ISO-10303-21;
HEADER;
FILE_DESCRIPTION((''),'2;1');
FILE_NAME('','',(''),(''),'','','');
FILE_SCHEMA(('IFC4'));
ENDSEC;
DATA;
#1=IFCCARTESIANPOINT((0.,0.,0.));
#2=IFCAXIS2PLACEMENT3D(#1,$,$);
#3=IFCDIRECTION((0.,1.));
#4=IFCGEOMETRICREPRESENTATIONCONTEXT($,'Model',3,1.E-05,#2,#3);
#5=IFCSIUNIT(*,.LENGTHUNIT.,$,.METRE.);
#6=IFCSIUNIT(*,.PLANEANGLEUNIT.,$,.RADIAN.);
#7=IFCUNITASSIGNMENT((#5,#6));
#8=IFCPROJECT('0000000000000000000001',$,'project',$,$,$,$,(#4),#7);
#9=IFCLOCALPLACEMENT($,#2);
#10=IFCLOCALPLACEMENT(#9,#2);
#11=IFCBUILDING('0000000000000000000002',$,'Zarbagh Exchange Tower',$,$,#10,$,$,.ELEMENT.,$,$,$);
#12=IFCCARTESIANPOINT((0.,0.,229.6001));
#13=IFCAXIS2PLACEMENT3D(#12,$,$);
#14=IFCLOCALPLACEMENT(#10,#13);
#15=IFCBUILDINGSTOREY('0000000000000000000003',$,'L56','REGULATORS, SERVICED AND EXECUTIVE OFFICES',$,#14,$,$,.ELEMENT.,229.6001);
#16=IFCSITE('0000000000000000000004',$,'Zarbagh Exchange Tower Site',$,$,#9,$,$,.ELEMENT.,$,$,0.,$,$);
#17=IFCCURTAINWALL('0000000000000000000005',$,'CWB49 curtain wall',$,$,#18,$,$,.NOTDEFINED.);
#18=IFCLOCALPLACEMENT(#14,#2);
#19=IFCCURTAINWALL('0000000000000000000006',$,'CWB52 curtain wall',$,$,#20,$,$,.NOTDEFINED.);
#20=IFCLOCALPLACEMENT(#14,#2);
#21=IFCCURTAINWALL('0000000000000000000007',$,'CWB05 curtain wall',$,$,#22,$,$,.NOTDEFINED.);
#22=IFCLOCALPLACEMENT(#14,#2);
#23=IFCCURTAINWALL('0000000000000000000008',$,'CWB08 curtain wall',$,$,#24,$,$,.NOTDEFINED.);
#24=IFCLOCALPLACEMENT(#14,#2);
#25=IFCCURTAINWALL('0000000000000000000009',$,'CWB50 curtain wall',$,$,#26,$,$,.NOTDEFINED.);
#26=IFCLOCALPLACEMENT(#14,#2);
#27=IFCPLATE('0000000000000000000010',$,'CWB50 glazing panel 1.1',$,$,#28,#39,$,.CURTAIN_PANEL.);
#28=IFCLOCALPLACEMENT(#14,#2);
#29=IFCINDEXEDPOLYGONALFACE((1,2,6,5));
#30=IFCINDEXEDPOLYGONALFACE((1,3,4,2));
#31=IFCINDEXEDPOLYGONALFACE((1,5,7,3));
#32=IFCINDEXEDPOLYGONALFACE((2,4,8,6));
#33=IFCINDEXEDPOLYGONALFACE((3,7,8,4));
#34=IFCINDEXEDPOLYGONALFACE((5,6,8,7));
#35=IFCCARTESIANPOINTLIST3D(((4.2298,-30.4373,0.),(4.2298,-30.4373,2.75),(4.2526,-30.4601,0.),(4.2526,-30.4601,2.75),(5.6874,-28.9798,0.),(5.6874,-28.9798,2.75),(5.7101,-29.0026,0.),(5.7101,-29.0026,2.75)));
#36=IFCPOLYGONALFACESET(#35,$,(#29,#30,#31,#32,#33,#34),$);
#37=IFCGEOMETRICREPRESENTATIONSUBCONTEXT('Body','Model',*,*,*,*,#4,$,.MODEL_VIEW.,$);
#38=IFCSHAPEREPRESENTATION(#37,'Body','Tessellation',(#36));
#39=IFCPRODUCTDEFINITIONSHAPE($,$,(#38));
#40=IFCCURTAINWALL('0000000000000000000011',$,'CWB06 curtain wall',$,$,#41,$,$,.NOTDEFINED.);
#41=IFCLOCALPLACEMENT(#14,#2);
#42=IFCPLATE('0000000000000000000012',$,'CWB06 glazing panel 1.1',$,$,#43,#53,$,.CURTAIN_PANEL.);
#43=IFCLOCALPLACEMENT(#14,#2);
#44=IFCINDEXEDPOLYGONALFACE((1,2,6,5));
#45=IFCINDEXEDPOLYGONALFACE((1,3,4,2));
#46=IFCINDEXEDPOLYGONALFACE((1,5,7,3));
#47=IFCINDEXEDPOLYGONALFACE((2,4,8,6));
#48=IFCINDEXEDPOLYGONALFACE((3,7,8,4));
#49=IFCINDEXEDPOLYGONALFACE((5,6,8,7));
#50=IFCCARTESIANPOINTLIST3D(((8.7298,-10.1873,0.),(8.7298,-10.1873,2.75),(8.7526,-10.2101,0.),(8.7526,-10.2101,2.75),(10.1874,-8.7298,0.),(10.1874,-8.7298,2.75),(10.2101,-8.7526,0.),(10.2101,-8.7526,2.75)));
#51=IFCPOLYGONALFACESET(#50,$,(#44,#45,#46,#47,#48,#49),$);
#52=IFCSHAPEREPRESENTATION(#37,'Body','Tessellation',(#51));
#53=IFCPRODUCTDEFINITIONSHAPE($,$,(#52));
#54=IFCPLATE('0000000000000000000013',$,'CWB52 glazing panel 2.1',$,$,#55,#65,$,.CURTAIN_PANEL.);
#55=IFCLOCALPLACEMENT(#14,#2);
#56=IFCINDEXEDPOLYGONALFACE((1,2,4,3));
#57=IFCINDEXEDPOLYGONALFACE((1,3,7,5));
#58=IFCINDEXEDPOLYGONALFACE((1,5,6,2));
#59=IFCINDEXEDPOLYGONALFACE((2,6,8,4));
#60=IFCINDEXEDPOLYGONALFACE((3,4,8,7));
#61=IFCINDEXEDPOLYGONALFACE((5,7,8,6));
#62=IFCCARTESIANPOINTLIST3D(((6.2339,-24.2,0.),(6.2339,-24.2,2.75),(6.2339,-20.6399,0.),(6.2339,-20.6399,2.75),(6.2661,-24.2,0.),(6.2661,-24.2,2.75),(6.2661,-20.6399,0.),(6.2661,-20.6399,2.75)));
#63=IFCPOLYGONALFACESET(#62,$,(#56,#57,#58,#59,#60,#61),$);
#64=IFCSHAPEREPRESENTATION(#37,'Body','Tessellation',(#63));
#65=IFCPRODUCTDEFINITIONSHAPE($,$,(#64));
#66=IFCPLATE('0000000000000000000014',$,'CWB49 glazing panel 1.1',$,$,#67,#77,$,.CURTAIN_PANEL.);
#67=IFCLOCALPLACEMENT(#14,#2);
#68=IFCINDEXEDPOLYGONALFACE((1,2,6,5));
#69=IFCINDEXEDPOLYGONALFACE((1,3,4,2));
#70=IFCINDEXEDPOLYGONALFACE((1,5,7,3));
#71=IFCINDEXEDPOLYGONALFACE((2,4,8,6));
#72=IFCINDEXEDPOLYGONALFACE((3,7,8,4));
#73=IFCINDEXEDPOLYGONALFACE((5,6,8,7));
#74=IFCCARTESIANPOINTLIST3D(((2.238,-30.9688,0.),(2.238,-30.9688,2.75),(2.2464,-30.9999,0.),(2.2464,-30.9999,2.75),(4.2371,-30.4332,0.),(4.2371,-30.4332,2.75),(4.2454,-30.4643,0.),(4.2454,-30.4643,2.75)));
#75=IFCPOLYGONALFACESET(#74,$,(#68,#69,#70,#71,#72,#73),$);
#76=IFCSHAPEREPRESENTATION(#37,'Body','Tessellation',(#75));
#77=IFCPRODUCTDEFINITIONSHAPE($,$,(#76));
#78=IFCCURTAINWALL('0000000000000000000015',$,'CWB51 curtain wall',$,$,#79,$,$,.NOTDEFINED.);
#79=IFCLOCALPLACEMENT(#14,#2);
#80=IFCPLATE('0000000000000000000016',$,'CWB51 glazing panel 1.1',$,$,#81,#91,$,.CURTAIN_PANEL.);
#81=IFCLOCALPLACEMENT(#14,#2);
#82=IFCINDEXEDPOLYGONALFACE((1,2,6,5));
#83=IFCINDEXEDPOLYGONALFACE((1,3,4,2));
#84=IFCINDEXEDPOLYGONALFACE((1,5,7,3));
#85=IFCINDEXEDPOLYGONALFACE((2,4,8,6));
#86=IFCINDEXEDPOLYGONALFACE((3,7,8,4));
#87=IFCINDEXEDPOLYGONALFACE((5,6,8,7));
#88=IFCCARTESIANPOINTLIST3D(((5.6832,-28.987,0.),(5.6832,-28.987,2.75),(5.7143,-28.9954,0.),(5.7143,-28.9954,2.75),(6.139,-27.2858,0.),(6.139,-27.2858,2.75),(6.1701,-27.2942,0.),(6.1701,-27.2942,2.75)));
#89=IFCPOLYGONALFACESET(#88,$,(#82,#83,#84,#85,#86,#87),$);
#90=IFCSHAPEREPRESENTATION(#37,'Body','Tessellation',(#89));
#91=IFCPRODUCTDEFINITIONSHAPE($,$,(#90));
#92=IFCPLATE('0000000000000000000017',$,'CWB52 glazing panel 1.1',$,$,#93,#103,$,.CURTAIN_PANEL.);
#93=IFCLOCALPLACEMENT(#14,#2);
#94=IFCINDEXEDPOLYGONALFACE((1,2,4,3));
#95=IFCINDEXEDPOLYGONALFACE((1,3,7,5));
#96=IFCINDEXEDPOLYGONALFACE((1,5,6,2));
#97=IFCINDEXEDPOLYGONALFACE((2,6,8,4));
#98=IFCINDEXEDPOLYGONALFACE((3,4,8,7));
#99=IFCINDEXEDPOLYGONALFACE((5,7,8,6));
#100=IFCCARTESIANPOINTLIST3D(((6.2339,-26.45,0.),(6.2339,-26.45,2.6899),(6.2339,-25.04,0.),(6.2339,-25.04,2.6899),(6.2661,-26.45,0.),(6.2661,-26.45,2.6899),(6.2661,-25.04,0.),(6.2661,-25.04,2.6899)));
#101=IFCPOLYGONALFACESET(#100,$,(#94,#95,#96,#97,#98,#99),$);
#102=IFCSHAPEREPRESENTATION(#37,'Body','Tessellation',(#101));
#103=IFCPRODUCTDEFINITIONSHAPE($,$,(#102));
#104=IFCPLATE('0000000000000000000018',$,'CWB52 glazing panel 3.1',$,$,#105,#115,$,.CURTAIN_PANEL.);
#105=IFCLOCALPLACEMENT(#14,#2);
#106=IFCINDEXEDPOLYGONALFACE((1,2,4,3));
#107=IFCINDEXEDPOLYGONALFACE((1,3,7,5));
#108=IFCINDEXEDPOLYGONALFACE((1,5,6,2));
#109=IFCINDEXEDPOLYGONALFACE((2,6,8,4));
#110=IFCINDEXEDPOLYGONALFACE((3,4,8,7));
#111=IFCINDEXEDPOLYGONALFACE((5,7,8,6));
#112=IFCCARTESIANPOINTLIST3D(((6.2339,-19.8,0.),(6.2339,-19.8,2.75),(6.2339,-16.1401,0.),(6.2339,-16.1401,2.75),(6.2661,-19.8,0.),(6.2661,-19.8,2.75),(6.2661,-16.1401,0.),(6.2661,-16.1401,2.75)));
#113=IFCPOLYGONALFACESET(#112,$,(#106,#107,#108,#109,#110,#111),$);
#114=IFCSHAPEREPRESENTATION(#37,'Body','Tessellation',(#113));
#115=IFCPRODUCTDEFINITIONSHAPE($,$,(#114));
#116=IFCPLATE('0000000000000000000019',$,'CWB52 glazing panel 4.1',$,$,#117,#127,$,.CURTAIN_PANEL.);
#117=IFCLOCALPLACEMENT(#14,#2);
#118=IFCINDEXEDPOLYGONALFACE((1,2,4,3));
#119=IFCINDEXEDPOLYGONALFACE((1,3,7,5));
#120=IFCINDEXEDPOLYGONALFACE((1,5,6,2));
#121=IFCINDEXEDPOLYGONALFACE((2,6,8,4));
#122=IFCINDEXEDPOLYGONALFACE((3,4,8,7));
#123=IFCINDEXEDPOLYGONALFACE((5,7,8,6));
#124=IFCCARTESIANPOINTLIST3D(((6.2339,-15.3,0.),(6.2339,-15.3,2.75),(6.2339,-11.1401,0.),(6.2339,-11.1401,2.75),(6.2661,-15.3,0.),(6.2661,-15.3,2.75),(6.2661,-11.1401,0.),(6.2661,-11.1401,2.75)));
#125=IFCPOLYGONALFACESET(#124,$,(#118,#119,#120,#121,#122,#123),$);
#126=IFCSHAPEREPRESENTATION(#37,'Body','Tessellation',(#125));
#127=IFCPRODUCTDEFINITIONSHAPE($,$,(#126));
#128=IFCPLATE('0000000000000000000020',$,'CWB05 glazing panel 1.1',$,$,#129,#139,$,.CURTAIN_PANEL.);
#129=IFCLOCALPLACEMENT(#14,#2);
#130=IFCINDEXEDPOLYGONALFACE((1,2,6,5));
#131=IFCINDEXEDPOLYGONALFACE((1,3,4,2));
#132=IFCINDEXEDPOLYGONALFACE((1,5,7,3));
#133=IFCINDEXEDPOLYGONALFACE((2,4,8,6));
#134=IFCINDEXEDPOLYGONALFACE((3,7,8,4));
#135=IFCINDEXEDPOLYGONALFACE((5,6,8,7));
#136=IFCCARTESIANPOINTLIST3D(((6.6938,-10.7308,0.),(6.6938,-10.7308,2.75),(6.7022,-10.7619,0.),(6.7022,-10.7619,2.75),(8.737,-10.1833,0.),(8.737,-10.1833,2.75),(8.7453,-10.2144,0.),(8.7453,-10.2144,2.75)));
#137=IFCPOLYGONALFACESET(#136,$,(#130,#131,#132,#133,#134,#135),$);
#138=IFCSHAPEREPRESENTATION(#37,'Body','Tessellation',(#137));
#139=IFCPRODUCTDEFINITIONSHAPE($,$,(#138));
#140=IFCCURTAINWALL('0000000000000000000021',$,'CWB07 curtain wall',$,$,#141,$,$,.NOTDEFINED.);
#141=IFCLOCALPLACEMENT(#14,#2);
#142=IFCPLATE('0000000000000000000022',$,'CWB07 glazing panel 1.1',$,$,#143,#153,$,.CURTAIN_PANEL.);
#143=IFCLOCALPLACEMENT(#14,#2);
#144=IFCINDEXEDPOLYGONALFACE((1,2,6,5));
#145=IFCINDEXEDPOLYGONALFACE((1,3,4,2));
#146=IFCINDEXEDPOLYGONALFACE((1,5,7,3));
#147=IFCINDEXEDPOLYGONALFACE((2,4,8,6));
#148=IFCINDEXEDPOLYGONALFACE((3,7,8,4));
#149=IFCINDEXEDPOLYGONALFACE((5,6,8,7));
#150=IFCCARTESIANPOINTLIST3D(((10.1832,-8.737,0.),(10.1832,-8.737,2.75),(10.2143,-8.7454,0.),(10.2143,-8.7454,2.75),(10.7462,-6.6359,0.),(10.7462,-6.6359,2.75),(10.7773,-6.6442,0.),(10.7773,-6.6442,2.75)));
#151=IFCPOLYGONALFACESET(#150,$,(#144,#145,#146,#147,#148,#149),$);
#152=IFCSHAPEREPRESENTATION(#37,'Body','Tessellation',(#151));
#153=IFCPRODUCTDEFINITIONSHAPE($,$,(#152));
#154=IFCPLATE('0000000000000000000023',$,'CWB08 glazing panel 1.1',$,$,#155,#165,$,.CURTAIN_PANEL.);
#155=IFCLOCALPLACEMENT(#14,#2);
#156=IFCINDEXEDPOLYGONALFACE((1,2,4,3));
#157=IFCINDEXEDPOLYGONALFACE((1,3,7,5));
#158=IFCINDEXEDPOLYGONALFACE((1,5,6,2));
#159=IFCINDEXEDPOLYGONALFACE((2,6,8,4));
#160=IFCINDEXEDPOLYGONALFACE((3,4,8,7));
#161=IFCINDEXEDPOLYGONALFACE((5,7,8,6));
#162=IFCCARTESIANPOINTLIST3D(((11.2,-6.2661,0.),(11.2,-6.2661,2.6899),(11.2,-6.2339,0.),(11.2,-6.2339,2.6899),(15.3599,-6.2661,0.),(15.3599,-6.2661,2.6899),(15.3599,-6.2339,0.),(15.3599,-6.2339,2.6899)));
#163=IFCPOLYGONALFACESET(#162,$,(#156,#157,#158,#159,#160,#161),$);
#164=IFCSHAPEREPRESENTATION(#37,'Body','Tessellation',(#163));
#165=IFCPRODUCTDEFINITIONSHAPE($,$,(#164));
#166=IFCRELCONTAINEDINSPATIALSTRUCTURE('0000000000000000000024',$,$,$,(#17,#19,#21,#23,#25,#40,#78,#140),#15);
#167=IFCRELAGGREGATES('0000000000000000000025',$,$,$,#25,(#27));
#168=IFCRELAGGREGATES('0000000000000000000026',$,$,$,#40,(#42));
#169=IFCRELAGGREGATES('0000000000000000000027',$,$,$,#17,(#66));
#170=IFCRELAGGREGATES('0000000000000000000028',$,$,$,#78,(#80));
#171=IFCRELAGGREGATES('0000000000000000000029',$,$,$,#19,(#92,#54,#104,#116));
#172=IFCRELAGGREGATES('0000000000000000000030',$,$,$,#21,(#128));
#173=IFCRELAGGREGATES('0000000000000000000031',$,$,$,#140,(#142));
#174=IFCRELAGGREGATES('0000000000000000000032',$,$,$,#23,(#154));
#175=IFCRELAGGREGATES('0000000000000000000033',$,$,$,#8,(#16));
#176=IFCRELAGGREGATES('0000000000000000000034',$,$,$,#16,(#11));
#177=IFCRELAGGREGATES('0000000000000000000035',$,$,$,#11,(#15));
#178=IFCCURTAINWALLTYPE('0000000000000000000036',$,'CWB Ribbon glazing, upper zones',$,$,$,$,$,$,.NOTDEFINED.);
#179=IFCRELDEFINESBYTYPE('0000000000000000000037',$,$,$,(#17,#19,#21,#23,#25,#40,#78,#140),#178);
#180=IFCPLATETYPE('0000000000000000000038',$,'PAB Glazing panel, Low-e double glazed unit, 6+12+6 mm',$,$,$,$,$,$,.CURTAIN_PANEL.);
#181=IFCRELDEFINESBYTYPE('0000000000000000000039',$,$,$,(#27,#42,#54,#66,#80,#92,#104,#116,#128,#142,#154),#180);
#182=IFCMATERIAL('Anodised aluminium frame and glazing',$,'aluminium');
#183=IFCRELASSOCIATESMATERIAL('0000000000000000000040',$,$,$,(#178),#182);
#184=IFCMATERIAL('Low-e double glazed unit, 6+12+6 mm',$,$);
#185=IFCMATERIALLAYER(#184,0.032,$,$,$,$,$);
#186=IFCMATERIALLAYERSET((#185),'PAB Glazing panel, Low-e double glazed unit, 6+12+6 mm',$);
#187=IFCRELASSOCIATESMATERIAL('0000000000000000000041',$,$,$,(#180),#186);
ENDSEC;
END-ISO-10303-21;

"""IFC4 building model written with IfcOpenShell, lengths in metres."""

from ifc_helpers import new_model, si_unit, direction, frame, origin, place, context, subcontext, project, spatial, polyline, outline, extrude, source, transform, mapped, material, layer, layer_set, type_object, element, aggregate, save


model = new_model("IFC4")

# Units and contexts
model_context = context("Model", 3, precision=1e-05, world=origin(), true_north=direction((0.0, 1.0)))
body_context = subcontext(model_context, "Body", "Model", "MODEL_VIEW")
ifc_project = project(units=[si_unit("LENGTHUNIT", "METRE"), si_unit("PLANEANGLEUNIT", "RADIAN")], contexts=[model_context])

# Site, building, storey
site_placement = place(None, origin())
site = spatial("IfcSite", under=ifc_project, at=site_placement, Name="Zarbagh Exchange Tower Site", CompositionType="ELEMENT", RefElevation=0.0)
building_placement = place(site_placement, origin())
building = spatial("IfcBuilding", under=site, at=building_placement, Name="Zarbagh Exchange Tower", CompositionType="ELEMENT")
storey_placement = place(building_placement, frame((0.0, 0.0, 229.6001)))
storey = spatial("IfcBuildingStorey", under=building, at=storey_placement, Name="L56", Description="REGULATORS, SERVICED AND EXECUTIVE OFFICES", CompositionType="ELEMENT", Elevation=229.6001)

# Curtain wall
ifc_material_1 = material(Name="Anodised aluminium frame and glazing", Category="aluminium")
curtain_wall_type = type_object("IfcCurtainWallType", Name="CWB Ribbon glazing, upper zones", PredefinedType="NOTDEFINED", material=ifc_material_1)
curtain_wall_1_placement = place(storey_placement, origin())
curtain_wall_1 = element("IfcCurtainWall", 1, at=curtain_wall_1_placement, inside=storey, type_object=curtain_wall_type, Name="CWB49 curtain wall", PredefinedType="NOTDEFINED")
placement = place(storey_placement, origin())

# Curtain wall
curtain_wall_2_placement = place(storey_placement, origin())
curtain_wall_2 = element("IfcCurtainWall", 2, at=curtain_wall_2_placement, inside=storey, type_object=curtain_wall_type, Name="CWB52 curtain wall", PredefinedType="NOTDEFINED")

# Curtain walls
curtain_wall_3_placement = place(storey_placement, origin())
curtain_wall_3 = element("IfcCurtainWall", 3, at=curtain_wall_3_placement, inside=storey, type_object=curtain_wall_type, Name="CWB05 curtain wall", PredefinedType="NOTDEFINED")
curtain_wall_4_placement = place(storey_placement, origin())
curtain_wall_4 = element("IfcCurtainWall", 4, at=curtain_wall_4_placement, inside=storey, type_object=curtain_wall_type, Name="CWB08 curtain wall", PredefinedType="NOTDEFINED")

# Curtain walls, plates
curtain_wall_5_placement = place(storey_placement, origin())
curtain_wall_5 = element("IfcCurtainWall", 5, at=curtain_wall_5_placement, inside=storey, type_object=curtain_wall_type, Name="CWB50 curtain wall", PredefinedType="NOTDEFINED")
ifc_material_2 = material(Name="Low-e double glazed unit, 6+12+6 mm")
ifc_layer_1 = layer(ifc_material_2, 0.032)
ifc_layer_set_1 = layer_set([ifc_layer_1], Name="PAB Glazing panel, Low-e double glazed unit, 6+12+6 mm")
plate_type = type_object("IfcPlateType", Name="PAB Glazing panel, Low-e double glazed unit, 6+12+6 mm", PredefinedType="CURTAIN_PANEL", material=ifc_layer_set_1)
shared_shape_1 = source(origin(), body_context, "Body", "SweptSolid", [
    extrude(outline(polyline([(0.0, -0.0161), (2.0613, -0.0161), (2.0613, 0.0161), (0.0, 0.0161), (0.0, -0.0161)])), origin(), (0.0, 0.0, 1.0), 2.75),
])
plate_1 = element("IfcPlate", 6, at=placement, type_object=plate_type, Name="CWB50 glazing panel 1.1", PredefinedType="CURTAIN_PANEL", context=body_context, shape_type="MappedRepresentation", body=[
    mapped(shared_shape_1, transform((4.2412, -30.4487, 0.0), x_axis=(0.707107, 0.707107, 0.0), y_axis=(-0.707107, 0.707107, 0.0), z_axis=(0.0, 0.0, 1.0))),
])
aggregate(curtain_wall_5, [plate_1])
curtain_wall_6_placement = place(storey_placement, origin())
curtain_wall_6 = element("IfcCurtainWall", 7, at=curtain_wall_6_placement, inside=storey, type_object=curtain_wall_type, Name="CWB06 curtain wall", PredefinedType="NOTDEFINED")
plate_2 = element("IfcPlate", 8, at=placement, type_object=plate_type, Name="CWB06 glazing panel 1.1", PredefinedType="CURTAIN_PANEL", context=body_context, shape_type="MappedRepresentation", body=[
    mapped(shared_shape_1, transform((8.7412, -10.1987, 0.0), x_axis=(0.707107, 0.707107, 0.0), y_axis=(-0.707107, 0.707107, 0.0), z_axis=(0.0, 0.0, 1.0))),
])
aggregate(curtain_wall_6, [plate_2])

# Plates
shared_shape_2 = source(origin(), body_context, "Body", "SweptSolid", [
    extrude(outline(polyline([(0.0, -0.0161), (3.5601, -0.0161), (3.5601, 0.0161), (0.0, 0.0161), (0.0, -0.0161)])), origin(), (0.0, 0.0, 1.0), 2.75),
])
plate_3 = element("IfcPlate", 9, at=placement, type_object=plate_type, Name="CWB52 glazing panel 2.1", PredefinedType="CURTAIN_PANEL", context=body_context, shape_type="MappedRepresentation", body=[
    mapped(shared_shape_2, transform((6.25, -24.2, 0.0), x_axis=(0.0, 1.0, 0.0), y_axis=(-1.0, 0.0, 0.0), z_axis=(0.0, 0.0, 1.0))),
])
shared_shape_3 = source(origin(), body_context, "Body", "SweptSolid", [
    extrude(outline(polyline([(0.0, -0.0161), (2.0696, -0.0161), (2.0696, 0.0161), (0.0, 0.0161), (0.0, -0.0161)])), origin(), (0.0, 0.0, 1.0), 2.75),
])
plate_4 = element("IfcPlate", 10, at=placement, type_object=plate_type, Name="CWB49 glazing panel 1.1", PredefinedType="CURTAIN_PANEL", context=body_context, shape_type="MappedRepresentation", body=[
    mapped(shared_shape_3, transform((2.2422, -30.9844, 0.0), x_axis=(0.965924, 0.258825, 0.0), y_axis=(-0.258825, 0.965924, 0.0), z_axis=(0.0, 0.0, 1.0))),
])
aggregate(curtain_wall_1, [plate_4])

# Curtain wall, plate
curtain_wall_7_placement = place(storey_placement, origin())
curtain_wall_7 = element("IfcCurtainWall", 11, at=curtain_wall_7_placement, inside=storey, type_object=curtain_wall_type, Name="CWB51 curtain wall", PredefinedType="NOTDEFINED")
shared_shape_4 = source(origin(), body_context, "Body", "SweptSolid", [
    extrude(outline(polyline([(0.0, -0.0161), (1.7612, -0.0161), (1.7612, 0.0161), (0.0, 0.0161), (0.0, -0.0161)])), origin(), (0.0, 0.0, 1.0), 2.75),
])
plate_5 = element("IfcPlate", 12, at=placement, type_object=plate_type, Name="CWB51 glazing panel 1.1", PredefinedType="CURTAIN_PANEL", context=body_context, shape_type="MappedRepresentation", body=[
    mapped(shared_shape_4, transform((5.6987, -28.9912, 0.0), x_axis=(0.258825, 0.965924, 0.0), y_axis=(-0.965924, 0.258825, 0.0), z_axis=(0.0, 0.0, 1.0))),
])
aggregate(curtain_wall_7, [plate_5])

# Plates
shared_shape_5 = source(origin(), body_context, "Body", "SweptSolid", [
    extrude(outline(polyline([(0.0, -0.0161), (1.4099, -0.0161), (1.4099, 0.0161), (0.0, 0.0161), (0.0, -0.0161)])), origin(), (0.0, 0.0, 1.0), 2.6899),
])
plate_6 = element("IfcPlate", 13, at=placement, type_object=plate_type, Name="CWB52 glazing panel 1.1", PredefinedType="CURTAIN_PANEL", context=body_context, shape_type="MappedRepresentation", body=[
    mapped(shared_shape_5, transform((6.25, -26.45, 0.0), x_axis=(0.0, 1.0, 0.0), y_axis=(-1.0, 0.0, 0.0), z_axis=(0.0, 0.0, 1.0))),
])
shared_shape_6 = source(origin(), body_context, "Body", "SweptSolid", [
    extrude(outline(polyline([(0.0, -0.0161), (3.6599, -0.0161), (3.6599, 0.0161), (0.0, 0.0161), (0.0, -0.0161)])), origin(), (0.0, 0.0, 1.0), 2.75),
])
plate_7 = element("IfcPlate", 14, at=placement, type_object=plate_type, Name="CWB52 glazing panel 3.1", PredefinedType="CURTAIN_PANEL", context=body_context, shape_type="MappedRepresentation", body=[
    mapped(shared_shape_6, transform((6.25, -19.8, 0.0), x_axis=(0.0, 1.0, 0.0), y_axis=(-1.0, 0.0, 0.0), z_axis=(0.0, 0.0, 1.0))),
])
shared_shape_7 = source(origin(), body_context, "Body", "SweptSolid", [
    extrude(outline(polyline([(0.0, -0.0161), (4.1599, -0.0161), (4.1599, 0.0161), (0.0, 0.0161), (0.0, -0.0161)])), origin(), (0.0, 0.0, 1.0), 2.75),
])
plate_8 = element("IfcPlate", 15, at=placement, type_object=plate_type, Name="CWB52 glazing panel 4.1", PredefinedType="CURTAIN_PANEL", context=body_context, shape_type="MappedRepresentation", body=[
    mapped(shared_shape_7, transform((6.25, -15.3, 0.0), x_axis=(0.0, 1.0, 0.0), y_axis=(-1.0, 0.0, 0.0), z_axis=(0.0, 0.0, 1.0))),
])
aggregate(curtain_wall_2, [plate_6, plate_3, plate_7, plate_8])
shared_shape_8 = source(origin(), body_context, "Body", "SweptSolid", [
    extrude(outline(polyline([(0.0, -0.0161), (2.1152, -0.0161), (2.1152, 0.0161), (0.0, 0.0161), (0.0, -0.0161)])), origin(), (0.0, 0.0, 1.0), 2.75),
])
plate_9 = element("IfcPlate", 16, at=placement, type_object=plate_type, Name="CWB05 glazing panel 1.1", PredefinedType="CURTAIN_PANEL", context=body_context, shape_type="MappedRepresentation", body=[
    mapped(shared_shape_8, transform((6.698, -10.7463, 0.0), x_axis=(0.965924, 0.258825, 0.0), y_axis=(-0.258825, 0.965924, 0.0), z_axis=(0.0, 0.0, 1.0))),
])
aggregate(curtain_wall_3, [plate_9])

# Curtain wall, plate
curtain_wall_8_placement = place(storey_placement, origin())
curtain_wall_8 = element("IfcCurtainWall", 17, at=curtain_wall_8_placement, inside=storey, type_object=curtain_wall_type, Name="CWB07 curtain wall", PredefinedType="NOTDEFINED")
shared_shape_9 = source(origin(), body_context, "Body", "SweptSolid", [
    extrude(outline(polyline([(0.0, -0.0161), (2.1753, -0.0161), (2.1753, 0.0161), (0.0, 0.0161), (0.0, -0.0161)])), origin(), (0.0, 0.0, 1.0), 2.75),
])
plate_10 = element("IfcPlate", 18, at=placement, type_object=plate_type, Name="CWB07 glazing panel 1.1", PredefinedType="CURTAIN_PANEL", context=body_context, shape_type="MappedRepresentation", body=[
    mapped(shared_shape_9, transform((10.1987, -8.7412, 0.0), x_axis=(0.258825, 0.965924, 0.0), y_axis=(-0.965924, 0.258825, 0.0), z_axis=(0.0, 0.0, 1.0))),
])
aggregate(curtain_wall_8, [plate_10])

# Plate
shared_shape_10 = source(origin(), body_context, "Body", "SweptSolid", [
    extrude(outline(polyline([(0.0, -0.0161), (4.1599, -0.0161), (4.1599, 0.0161), (0.0, 0.0161), (0.0, -0.0161)])), origin(), (0.0, 0.0, 1.0), 2.6899),
])
plate_11 = element("IfcPlate", 19, at=placement, type_object=plate_type, Name="CWB08 glazing panel 1.1", PredefinedType="CURTAIN_PANEL", context=body_context, shape_type="MappedRepresentation", body=[
    mapped(shared_shape_10, transform((11.2, -6.25, 0.0), x_axis=(1.0, 0.0, 0.0), y_axis=(0.0, 1.0, 0.0), z_axis=(0.0, 0.0, 1.0))),
])
aggregate(curtain_wall_4, [plate_11])

save(model, "model.ifc")
